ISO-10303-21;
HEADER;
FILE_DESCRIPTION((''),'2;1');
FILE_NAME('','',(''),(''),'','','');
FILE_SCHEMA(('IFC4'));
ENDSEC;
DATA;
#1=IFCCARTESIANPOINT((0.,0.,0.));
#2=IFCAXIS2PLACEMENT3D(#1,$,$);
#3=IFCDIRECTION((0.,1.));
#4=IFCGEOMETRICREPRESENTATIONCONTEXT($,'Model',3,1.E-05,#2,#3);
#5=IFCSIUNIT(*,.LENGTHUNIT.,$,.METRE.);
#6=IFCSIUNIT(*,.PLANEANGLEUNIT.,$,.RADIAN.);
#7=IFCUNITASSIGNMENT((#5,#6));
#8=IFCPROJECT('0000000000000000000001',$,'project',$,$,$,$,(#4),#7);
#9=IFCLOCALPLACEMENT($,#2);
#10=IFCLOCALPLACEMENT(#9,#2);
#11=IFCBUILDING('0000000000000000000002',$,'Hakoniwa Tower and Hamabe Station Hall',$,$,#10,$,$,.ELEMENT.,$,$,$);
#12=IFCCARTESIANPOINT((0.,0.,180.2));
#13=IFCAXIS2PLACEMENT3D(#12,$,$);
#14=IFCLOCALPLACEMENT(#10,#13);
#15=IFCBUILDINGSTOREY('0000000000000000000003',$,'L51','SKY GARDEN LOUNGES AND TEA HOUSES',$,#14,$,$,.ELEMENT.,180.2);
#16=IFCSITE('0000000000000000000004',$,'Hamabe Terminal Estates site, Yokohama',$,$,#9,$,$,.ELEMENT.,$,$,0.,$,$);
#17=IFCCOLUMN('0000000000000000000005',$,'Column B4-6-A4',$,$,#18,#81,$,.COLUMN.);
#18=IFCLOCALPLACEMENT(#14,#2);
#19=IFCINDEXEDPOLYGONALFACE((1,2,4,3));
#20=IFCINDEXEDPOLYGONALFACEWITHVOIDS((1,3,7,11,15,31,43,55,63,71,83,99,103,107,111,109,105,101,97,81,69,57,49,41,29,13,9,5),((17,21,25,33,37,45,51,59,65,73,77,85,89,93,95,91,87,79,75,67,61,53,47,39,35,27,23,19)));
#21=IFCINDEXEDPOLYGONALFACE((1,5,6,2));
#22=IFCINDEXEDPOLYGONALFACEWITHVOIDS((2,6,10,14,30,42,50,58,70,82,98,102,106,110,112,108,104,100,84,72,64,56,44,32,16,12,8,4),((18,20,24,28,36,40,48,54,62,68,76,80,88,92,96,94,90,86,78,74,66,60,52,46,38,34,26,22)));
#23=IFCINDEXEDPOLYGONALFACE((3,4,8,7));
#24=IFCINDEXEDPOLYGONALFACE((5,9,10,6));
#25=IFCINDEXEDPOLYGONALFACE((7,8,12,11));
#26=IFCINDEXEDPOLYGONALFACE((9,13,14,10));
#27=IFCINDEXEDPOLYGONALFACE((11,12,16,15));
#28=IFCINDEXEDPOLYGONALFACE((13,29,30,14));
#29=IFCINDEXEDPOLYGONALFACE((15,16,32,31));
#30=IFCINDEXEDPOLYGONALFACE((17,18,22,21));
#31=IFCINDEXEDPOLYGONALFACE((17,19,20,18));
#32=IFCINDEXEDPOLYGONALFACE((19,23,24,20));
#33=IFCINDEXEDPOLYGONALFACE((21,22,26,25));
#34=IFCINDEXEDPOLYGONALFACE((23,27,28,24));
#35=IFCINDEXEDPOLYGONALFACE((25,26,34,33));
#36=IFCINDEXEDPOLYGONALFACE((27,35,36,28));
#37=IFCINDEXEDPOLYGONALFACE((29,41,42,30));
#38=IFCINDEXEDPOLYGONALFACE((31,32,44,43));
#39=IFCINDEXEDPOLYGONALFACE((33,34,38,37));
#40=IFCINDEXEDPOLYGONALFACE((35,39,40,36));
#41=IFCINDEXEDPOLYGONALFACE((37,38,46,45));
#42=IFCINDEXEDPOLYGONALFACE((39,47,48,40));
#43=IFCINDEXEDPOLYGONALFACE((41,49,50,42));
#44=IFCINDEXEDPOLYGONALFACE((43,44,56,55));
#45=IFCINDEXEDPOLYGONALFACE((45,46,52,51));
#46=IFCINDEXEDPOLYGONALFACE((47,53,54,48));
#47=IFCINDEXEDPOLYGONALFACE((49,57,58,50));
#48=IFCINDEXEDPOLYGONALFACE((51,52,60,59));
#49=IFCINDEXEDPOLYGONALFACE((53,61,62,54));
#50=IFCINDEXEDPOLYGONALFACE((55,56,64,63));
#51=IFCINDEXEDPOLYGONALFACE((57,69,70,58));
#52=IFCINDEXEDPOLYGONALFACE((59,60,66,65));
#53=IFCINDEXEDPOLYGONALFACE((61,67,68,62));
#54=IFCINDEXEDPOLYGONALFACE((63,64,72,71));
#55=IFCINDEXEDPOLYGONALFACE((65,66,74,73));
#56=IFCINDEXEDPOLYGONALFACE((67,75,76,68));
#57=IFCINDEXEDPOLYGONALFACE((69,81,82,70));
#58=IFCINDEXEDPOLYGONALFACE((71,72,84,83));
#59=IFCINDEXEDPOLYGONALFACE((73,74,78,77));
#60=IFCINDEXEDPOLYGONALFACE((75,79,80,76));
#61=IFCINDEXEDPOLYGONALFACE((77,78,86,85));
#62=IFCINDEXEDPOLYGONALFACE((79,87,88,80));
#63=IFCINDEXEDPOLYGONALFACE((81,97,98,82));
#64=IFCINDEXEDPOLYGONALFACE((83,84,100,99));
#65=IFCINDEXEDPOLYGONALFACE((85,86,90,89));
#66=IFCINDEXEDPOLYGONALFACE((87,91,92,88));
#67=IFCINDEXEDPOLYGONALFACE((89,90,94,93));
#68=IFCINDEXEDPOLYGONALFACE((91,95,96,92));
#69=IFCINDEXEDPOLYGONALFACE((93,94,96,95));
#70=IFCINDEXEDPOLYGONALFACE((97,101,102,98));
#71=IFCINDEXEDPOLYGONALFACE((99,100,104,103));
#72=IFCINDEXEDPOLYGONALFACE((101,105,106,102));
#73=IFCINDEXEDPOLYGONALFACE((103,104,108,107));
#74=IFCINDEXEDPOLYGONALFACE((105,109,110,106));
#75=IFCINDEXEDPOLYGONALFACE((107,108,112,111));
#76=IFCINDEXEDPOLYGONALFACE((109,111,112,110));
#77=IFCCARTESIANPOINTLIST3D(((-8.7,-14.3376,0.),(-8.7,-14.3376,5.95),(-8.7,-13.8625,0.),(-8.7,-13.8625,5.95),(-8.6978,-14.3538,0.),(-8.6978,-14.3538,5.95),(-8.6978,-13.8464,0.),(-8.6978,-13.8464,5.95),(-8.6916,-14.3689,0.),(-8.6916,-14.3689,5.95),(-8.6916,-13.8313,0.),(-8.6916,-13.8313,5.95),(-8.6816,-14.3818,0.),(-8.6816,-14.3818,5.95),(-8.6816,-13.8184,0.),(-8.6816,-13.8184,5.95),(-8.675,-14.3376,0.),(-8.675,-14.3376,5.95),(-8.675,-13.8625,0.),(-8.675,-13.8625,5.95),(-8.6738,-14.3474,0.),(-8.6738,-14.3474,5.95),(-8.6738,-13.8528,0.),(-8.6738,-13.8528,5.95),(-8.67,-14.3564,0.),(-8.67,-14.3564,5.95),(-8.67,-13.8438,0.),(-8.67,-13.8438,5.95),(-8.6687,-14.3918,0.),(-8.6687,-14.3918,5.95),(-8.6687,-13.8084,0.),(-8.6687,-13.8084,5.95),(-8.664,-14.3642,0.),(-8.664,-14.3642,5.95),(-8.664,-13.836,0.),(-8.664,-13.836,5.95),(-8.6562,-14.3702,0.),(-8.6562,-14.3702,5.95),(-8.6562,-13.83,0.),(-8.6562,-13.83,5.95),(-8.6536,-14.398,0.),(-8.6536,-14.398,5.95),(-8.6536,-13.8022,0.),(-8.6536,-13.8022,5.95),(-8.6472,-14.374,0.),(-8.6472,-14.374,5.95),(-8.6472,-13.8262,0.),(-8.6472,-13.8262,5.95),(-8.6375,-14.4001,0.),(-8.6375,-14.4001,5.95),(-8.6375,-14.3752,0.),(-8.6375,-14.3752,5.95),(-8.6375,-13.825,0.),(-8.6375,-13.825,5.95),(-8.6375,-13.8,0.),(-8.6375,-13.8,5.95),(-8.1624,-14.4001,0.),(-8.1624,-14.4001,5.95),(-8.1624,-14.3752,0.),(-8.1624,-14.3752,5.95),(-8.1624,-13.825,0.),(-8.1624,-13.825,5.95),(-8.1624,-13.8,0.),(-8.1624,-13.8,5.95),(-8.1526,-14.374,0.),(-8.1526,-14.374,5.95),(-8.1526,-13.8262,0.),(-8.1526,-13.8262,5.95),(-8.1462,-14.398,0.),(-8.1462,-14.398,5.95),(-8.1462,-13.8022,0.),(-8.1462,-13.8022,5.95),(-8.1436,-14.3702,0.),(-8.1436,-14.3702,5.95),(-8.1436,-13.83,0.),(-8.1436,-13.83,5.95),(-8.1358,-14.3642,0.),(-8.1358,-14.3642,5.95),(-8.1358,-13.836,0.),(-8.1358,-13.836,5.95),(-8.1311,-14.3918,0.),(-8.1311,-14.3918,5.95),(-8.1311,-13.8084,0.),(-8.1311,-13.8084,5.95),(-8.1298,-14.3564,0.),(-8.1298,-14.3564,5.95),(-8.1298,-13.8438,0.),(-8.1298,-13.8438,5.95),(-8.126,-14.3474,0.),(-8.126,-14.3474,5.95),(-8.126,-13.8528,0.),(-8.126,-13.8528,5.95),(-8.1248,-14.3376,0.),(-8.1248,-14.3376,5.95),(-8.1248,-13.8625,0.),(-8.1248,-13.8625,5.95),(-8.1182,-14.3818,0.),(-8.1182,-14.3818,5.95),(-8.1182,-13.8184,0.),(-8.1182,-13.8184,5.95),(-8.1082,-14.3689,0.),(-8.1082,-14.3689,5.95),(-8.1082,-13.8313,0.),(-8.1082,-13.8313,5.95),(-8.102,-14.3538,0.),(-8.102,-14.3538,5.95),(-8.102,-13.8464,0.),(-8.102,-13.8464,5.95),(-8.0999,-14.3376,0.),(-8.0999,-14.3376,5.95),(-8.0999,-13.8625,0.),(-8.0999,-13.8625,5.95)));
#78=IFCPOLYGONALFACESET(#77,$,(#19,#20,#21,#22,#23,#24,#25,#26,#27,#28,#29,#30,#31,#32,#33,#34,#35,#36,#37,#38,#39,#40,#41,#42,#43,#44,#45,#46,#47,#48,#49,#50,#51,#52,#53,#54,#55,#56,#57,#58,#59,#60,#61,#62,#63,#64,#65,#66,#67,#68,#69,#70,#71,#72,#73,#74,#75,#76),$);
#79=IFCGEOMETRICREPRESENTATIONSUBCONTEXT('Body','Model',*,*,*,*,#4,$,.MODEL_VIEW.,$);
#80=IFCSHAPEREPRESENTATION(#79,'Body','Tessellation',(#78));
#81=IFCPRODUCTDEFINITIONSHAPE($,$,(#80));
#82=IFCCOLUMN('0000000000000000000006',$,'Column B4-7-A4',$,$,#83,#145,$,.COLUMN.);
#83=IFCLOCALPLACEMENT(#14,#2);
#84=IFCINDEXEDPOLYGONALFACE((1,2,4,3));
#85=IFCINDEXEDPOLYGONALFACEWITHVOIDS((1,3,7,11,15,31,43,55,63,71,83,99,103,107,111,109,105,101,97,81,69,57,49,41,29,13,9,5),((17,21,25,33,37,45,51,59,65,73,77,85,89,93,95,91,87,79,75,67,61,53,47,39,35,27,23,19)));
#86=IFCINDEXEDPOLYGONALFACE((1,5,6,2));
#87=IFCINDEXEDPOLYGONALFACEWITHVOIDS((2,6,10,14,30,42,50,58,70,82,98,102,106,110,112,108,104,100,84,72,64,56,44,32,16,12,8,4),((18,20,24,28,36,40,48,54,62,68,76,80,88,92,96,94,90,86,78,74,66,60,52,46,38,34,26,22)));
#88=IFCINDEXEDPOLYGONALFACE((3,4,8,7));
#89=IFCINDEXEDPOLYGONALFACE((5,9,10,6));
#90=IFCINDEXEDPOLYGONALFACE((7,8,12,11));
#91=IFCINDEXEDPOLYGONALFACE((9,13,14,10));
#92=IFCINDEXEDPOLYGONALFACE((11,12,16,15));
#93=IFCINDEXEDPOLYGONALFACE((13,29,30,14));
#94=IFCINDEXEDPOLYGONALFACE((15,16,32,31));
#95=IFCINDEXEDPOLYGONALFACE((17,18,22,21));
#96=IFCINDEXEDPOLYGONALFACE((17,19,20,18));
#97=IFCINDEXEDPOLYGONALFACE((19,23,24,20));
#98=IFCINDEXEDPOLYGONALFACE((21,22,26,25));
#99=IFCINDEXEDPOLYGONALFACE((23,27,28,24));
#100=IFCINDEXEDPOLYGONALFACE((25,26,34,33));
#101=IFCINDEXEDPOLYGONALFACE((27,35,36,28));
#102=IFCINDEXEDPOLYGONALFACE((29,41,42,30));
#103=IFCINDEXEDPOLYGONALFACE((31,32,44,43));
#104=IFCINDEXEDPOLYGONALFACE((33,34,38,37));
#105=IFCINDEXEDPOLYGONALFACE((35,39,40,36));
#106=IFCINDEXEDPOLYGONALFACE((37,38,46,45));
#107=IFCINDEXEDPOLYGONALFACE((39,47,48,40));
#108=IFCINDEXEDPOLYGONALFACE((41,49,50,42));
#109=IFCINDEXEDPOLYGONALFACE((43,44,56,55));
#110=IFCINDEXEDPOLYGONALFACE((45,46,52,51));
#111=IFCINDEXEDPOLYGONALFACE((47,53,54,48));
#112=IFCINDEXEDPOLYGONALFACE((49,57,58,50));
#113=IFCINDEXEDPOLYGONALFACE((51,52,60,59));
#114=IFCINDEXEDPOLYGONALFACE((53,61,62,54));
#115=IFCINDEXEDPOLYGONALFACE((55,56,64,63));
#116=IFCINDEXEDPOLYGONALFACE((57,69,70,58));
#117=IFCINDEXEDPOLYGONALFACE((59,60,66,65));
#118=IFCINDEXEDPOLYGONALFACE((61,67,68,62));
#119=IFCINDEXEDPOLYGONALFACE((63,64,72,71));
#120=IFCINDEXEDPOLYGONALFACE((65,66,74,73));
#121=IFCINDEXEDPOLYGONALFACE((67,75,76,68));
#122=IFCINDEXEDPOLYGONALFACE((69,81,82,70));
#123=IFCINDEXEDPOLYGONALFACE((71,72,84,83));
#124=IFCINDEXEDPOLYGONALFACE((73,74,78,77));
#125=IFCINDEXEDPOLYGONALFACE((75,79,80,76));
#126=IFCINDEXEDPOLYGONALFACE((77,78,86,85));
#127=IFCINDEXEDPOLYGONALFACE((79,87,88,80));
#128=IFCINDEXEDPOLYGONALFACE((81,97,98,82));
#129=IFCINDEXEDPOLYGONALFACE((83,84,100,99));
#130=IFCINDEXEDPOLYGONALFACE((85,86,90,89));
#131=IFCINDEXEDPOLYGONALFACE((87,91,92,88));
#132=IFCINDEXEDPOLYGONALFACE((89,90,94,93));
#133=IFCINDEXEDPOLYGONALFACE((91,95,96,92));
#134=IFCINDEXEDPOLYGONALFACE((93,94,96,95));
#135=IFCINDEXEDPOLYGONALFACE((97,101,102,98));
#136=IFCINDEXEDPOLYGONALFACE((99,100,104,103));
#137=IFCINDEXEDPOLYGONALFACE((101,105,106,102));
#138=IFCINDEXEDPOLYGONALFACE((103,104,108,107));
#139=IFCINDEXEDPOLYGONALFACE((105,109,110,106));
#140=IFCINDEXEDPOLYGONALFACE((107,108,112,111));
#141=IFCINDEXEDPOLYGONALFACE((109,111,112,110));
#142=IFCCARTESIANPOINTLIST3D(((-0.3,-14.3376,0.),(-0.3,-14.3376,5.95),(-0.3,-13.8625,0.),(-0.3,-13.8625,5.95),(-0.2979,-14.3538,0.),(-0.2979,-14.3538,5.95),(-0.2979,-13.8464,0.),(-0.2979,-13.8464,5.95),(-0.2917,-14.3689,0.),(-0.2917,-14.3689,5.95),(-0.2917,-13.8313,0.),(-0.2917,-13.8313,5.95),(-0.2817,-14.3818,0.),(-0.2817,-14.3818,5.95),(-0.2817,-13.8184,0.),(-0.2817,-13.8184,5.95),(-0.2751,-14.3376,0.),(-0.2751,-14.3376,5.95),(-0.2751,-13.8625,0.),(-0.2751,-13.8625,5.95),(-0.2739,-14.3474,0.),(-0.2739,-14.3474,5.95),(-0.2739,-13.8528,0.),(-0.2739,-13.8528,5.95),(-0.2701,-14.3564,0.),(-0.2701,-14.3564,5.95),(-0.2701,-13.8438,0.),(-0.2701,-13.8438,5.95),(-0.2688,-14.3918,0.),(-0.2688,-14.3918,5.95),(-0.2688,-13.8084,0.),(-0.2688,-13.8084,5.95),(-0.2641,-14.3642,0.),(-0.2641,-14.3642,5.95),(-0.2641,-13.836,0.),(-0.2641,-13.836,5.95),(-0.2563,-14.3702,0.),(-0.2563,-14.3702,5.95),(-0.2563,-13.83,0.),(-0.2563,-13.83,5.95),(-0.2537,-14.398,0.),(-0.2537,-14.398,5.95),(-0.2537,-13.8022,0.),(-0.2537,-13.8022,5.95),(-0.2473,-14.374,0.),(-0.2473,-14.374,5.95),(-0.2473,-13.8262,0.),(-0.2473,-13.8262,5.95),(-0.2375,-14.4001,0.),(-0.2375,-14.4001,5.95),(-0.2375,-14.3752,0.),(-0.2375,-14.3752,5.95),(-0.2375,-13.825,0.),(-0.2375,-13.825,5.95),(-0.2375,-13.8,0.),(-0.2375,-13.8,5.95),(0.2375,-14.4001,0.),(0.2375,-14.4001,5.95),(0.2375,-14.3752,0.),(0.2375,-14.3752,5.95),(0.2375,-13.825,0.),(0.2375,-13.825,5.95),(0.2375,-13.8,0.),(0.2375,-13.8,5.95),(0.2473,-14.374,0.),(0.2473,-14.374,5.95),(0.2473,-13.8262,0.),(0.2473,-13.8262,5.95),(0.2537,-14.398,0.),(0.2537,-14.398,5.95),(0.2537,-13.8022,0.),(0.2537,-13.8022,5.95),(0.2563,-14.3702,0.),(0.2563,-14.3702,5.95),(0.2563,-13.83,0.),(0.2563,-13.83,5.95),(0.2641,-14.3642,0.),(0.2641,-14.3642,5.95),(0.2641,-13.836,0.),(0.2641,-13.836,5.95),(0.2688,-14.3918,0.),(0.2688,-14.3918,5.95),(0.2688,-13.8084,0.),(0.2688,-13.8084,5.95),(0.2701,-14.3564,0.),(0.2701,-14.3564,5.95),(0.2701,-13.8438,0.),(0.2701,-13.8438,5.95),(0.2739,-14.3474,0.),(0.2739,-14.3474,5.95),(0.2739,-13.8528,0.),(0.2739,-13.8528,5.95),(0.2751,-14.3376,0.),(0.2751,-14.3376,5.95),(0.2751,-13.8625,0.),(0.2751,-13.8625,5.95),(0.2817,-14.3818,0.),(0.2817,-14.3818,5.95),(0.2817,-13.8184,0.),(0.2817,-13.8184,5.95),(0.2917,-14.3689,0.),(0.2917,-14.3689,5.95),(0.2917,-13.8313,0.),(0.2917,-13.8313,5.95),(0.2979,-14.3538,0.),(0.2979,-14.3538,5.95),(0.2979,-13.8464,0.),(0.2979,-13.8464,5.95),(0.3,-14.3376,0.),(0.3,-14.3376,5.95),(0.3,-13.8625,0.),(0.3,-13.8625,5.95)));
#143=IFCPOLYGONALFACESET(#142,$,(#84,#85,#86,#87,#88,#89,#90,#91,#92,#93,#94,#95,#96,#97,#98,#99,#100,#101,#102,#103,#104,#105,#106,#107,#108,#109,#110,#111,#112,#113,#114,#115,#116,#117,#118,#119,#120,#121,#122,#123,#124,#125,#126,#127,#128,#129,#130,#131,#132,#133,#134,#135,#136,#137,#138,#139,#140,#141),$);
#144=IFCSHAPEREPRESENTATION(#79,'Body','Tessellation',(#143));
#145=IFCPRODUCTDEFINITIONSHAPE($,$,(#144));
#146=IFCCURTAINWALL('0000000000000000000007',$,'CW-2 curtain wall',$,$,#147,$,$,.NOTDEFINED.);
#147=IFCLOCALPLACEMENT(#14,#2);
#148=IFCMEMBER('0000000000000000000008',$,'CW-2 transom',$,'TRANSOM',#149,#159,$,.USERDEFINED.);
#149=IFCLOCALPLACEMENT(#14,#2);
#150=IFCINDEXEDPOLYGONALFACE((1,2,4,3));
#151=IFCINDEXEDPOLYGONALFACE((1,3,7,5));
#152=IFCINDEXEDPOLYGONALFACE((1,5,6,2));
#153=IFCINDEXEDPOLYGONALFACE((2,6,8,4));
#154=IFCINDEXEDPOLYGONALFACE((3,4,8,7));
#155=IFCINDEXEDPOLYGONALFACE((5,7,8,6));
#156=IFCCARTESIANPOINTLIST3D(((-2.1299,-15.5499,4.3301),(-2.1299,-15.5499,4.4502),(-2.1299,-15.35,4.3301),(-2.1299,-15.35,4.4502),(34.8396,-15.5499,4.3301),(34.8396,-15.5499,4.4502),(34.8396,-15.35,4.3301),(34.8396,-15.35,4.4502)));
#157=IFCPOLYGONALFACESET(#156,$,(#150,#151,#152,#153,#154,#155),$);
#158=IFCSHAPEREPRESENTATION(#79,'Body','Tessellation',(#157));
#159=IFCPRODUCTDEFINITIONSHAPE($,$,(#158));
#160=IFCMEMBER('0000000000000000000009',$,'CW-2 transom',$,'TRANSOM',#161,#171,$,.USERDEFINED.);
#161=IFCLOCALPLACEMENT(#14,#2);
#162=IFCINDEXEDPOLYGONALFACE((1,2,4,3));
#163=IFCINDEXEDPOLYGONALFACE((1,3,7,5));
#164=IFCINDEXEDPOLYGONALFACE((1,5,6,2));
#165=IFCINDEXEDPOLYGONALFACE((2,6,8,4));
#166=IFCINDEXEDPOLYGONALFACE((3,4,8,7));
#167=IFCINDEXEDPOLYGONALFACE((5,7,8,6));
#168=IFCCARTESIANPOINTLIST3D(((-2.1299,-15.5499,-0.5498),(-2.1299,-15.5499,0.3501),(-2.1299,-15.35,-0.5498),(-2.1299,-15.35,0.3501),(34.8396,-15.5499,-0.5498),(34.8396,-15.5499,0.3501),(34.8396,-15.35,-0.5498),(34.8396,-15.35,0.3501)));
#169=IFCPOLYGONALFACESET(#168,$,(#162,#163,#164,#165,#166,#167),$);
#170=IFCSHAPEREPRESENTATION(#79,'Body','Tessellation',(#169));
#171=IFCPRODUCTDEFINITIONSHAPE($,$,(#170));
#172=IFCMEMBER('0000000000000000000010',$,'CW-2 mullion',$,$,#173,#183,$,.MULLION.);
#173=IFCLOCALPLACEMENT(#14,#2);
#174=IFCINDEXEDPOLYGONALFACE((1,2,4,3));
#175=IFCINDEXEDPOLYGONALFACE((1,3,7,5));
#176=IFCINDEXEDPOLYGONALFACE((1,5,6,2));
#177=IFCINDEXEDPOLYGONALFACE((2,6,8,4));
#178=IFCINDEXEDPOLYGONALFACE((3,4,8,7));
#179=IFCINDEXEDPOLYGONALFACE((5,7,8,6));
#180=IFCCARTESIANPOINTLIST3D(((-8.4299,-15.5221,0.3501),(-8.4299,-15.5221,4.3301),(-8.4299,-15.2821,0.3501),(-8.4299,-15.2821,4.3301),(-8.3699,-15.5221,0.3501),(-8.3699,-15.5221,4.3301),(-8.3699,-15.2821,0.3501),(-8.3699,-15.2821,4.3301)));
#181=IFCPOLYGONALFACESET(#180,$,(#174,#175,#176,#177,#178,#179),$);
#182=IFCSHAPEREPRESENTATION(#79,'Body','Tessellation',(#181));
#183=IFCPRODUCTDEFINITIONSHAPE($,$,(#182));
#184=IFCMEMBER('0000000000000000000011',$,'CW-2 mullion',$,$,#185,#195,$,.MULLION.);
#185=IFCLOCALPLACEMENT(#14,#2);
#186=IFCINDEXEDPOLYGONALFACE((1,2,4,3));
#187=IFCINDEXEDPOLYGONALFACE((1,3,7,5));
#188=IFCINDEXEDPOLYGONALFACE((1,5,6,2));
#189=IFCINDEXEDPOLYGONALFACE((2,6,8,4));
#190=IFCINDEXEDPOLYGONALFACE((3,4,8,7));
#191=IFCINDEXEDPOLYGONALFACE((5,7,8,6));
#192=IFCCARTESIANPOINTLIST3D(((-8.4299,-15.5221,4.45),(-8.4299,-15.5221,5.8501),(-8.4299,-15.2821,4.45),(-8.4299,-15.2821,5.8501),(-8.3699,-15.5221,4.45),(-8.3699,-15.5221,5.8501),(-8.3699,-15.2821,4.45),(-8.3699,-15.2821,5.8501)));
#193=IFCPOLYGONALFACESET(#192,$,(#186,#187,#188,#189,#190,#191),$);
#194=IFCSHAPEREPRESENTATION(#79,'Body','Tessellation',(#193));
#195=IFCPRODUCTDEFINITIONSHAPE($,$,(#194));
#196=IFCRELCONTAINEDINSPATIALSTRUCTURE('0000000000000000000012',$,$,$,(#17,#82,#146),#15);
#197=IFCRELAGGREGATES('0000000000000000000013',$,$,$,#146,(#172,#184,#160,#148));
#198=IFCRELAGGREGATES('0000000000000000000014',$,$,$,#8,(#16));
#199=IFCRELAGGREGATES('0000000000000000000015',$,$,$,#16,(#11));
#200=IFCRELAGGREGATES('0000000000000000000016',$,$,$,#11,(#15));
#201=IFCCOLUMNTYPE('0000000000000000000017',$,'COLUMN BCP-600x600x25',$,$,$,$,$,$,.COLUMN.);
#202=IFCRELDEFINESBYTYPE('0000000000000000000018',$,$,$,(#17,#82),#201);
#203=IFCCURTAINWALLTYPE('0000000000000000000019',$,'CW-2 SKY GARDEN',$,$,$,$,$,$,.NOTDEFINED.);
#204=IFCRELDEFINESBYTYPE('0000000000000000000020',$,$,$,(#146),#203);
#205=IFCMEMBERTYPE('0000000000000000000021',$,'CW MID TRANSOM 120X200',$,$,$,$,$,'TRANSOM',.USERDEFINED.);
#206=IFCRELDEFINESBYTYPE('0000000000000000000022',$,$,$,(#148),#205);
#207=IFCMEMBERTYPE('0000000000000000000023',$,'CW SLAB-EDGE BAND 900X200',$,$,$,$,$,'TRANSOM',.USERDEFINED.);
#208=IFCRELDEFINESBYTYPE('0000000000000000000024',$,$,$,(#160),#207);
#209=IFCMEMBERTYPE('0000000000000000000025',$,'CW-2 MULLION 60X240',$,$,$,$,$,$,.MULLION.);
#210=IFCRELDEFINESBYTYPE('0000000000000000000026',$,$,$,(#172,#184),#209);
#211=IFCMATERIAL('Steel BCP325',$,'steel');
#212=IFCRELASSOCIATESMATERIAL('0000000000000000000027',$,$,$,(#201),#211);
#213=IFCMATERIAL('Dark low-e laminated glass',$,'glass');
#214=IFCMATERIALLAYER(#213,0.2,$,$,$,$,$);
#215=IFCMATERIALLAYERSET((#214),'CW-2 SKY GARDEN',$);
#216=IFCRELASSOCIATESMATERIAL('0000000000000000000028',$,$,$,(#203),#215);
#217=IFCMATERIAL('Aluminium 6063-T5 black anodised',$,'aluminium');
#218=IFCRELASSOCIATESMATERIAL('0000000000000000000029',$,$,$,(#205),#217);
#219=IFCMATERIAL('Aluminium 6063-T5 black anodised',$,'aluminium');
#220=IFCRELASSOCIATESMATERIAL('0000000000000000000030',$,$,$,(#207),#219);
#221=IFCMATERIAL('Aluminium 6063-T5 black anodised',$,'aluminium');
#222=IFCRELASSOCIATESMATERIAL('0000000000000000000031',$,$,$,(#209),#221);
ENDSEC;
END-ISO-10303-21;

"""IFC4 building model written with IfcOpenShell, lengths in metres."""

from ifc_helpers import new_model, si_unit, direction, frame, origin, origin_2d, place, context, subcontext, project, spatial, rectangle, hollow_rectangle, extrude, material, layer, layer_set, material_profile, profile_set, type_object, element, aggregate, save


model = new_model("IFC4")

# Units and contexts
model_context = context("Model", 3, precision=1e-05, world=origin(), true_north=direction((0.0, 1.0)))
body_context = subcontext(model_context, "Body", "Model", "MODEL_VIEW")
ifc_project = project(units=[si_unit("LENGTHUNIT", "METRE"), si_unit("PLANEANGLEUNIT", "RADIAN")], contexts=[model_context])

# Site, building, storey
site_placement = place(None, origin())
site = spatial("IfcSite", under=ifc_project, at=site_placement, Name="Hamabe Terminal Estates site, Yokohama", CompositionType="ELEMENT", RefElevation=0.0)
building_placement = place(site_placement, origin())
building = spatial("IfcBuilding", under=site, at=building_placement, Name="Hakoniwa Tower and Hamabe Station Hall", CompositionType="ELEMENT")
storey_placement = place(building_placement, frame((0.0, 0.0, 180.2)))
storey = spatial("IfcBuildingStorey", under=building, at=storey_placement, Name="L51", Description="SKY GARDEN LOUNGES AND TEA HOUSES", CompositionType="ELEMENT", Elevation=180.2)

# Columns
ifc_material_1 = material(Name="Steel BCP325", Category="steel")
ifc_material_profile_1 = material_profile(ifc_material_1, hollow_rectangle(XDim=0.6001, YDim=0.6001, WallThickness=0.0249, InnerFilletRadius=0.0376, OuterFilletRadius=0.0625, at=origin_2d()), Name="BCP-600x600x25")
ifc_profile_set_1 = profile_set([ifc_material_profile_1], Name="Steel BCP325")
column_type = type_object("IfcColumnType", Name="COLUMN BCP-600x600x25", PredefinedType="COLUMN", material=ifc_profile_set_1)
for number, where, z_axis, x_axis, name in (
    (1, (-8.3999, -14.1001, 0.0), (0.0, 0.0, 1.0), (1.0, 0.0, 0.0), "Column B4-6-A4"),
    (2, (0.0, -14.1001, 0.0), (0.0, 0.0, 1.0), (1.0, 0.0, 0.0), "Column B4-7-A4"),
):
    element("IfcColumn", number, at=place(storey_placement, frame(where, z_axis=z_axis, x_axis=x_axis)), inside=storey, type_object=column_type, Name=name, PredefinedType="COLUMN", context=body_context, shape_type="SweptSolid", body=[
        extrude(hollow_rectangle(XDim=0.6001, YDim=0.6001, WallThickness=0.0249, InnerFilletRadius=0.0376, OuterFilletRadius=0.0625, at=origin_2d()), origin(), (0.0, 0.0, 1.0), 5.95),
    ])

# Curtain wall, members
ifc_material_2 = material(Name="Dark low-e laminated glass", Category="glass")
ifc_layer_1 = layer(ifc_material_2, 0.2)
ifc_layer_set_1 = layer_set([ifc_layer_1], Name="CW-2 SKY GARDEN")
curtain_wall_type = type_object("IfcCurtainWallType", Name="CW-2 SKY GARDEN", PredefinedType="NOTDEFINED", material=ifc_layer_set_1)
curtain_wall_placement = place(storey_placement, origin())
curtain_wall = element("IfcCurtainWall", 3, at=curtain_wall_placement, inside=storey, type_object=curtain_wall_type, Name="CW-2 curtain wall", PredefinedType="NOTDEFINED")
ifc_material_3 = material(Name="Aluminium 6063-T5 black anodised", Category="aluminium")
ifc_material_profile_2 = material_profile(ifc_material_3, rectangle(XDim=0.2, YDim=0.1201, at=origin_2d()), Name="CW MID TRANSOM 120X200")
ifc_profile_set_2 = profile_set([ifc_material_profile_2], Name="Aluminium 6063-T5 black anodised")
member_type_1 = type_object("IfcMemberType", Name="CW MID TRANSOM 120X200", ElementType="TRANSOM", PredefinedType="USERDEFINED", material=ifc_profile_set_2)
member_1_placement = place(storey_placement, frame((-2.1299, -15.45, 4.3901), z_axis=(1.0, 0.0, 0.0), x_axis=(0.0, 1.0, 0.0)))
member_1 = element("IfcMember", 4, at=member_1_placement, type_object=member_type_1, Name="CW-2 transom", ObjectType="TRANSOM", PredefinedType="USERDEFINED", context=body_context, shape_type="SweptSolid", body=[
    extrude(rectangle(XDim=0.2, YDim=0.1201, at=origin_2d()), origin(), (0.0, 0.0, 1.0), 36.9695),
])
ifc_material_4 = material(Name="Aluminium 6063-T5 black anodised", Category="aluminium")
ifc_material_profile_3 = material_profile(ifc_material_4, rectangle(XDim=0.2, YDim=0.8999, at=origin_2d()), Name="CW SLAB-EDGE BAND 900X200")
ifc_profile_set_3 = profile_set([ifc_material_profile_3], Name="Aluminium 6063-T5 black anodised")
member_type_2 = type_object("IfcMemberType", Name="CW SLAB-EDGE BAND 900X200", ElementType="TRANSOM", PredefinedType="USERDEFINED", material=ifc_profile_set_3)
member_2_placement = place(storey_placement, frame((-2.1299, -15.45, -0.0999), z_axis=(1.0, 0.0, 0.0), x_axis=(0.0, 1.0, 0.0)))
member_2 = element("IfcMember", 5, at=member_2_placement, type_object=member_type_2, Name="CW-2 transom", ObjectType="TRANSOM", PredefinedType="USERDEFINED", context=body_context, shape_type="SweptSolid", body=[
    extrude(rectangle(XDim=0.2, YDim=0.8999, at=origin_2d()), origin(), (0.0, 0.0, 1.0), 36.9695),
])
ifc_material_5 = material(Name="Aluminium 6063-T5 black anodised", Category="aluminium")
ifc_material_profile_4 = material_profile(ifc_material_5, rectangle(XDim=0.0601, YDim=0.24, at=origin_2d()), Name="CW-2 MULLION 60X240")
ifc_profile_set_4 = profile_set([ifc_material_profile_4], Name="Aluminium 6063-T5 black anodised")
member_type_3 = type_object("IfcMemberType", Name="CW-2 MULLION 60X240", PredefinedType="MULLION", material=ifc_profile_set_4)
member_3_placement = place(storey_placement, frame((-8.3999, -15.4021, 0.3501), z_axis=(0.0, 0.0, 1.0), x_axis=(1.0, 0.0, 0.0)))
member_3 = element("IfcMember", 6, at=member_3_placement, type_object=member_type_3, Name="CW-2 mullion", PredefinedType="MULLION", context=body_context, shape_type="SweptSolid", body=[
    extrude(rectangle(XDim=0.0601, YDim=0.24, at=origin_2d()), origin(), (0.0, 0.0, 1.0), 3.98),
])
member_4_placement = place(storey_placement, frame((-8.3999, -15.4021, 4.45), z_axis=(0.0, 0.0, 1.0), x_axis=(1.0, 0.0, 0.0)))
member_4 = element("IfcMember", 7, at=member_4_placement, type_object=member_type_3, Name="CW-2 mullion", PredefinedType="MULLION", context=body_context, shape_type="SweptSolid", body=[
    extrude(rectangle(XDim=0.0601, YDim=0.24, at=origin_2d()), origin(), (0.0, 0.0, 1.0), 1.4001),
])
aggregate(curtain_wall, [member_3, member_4, member_2, member_1])

save(model, "model.ifc")
